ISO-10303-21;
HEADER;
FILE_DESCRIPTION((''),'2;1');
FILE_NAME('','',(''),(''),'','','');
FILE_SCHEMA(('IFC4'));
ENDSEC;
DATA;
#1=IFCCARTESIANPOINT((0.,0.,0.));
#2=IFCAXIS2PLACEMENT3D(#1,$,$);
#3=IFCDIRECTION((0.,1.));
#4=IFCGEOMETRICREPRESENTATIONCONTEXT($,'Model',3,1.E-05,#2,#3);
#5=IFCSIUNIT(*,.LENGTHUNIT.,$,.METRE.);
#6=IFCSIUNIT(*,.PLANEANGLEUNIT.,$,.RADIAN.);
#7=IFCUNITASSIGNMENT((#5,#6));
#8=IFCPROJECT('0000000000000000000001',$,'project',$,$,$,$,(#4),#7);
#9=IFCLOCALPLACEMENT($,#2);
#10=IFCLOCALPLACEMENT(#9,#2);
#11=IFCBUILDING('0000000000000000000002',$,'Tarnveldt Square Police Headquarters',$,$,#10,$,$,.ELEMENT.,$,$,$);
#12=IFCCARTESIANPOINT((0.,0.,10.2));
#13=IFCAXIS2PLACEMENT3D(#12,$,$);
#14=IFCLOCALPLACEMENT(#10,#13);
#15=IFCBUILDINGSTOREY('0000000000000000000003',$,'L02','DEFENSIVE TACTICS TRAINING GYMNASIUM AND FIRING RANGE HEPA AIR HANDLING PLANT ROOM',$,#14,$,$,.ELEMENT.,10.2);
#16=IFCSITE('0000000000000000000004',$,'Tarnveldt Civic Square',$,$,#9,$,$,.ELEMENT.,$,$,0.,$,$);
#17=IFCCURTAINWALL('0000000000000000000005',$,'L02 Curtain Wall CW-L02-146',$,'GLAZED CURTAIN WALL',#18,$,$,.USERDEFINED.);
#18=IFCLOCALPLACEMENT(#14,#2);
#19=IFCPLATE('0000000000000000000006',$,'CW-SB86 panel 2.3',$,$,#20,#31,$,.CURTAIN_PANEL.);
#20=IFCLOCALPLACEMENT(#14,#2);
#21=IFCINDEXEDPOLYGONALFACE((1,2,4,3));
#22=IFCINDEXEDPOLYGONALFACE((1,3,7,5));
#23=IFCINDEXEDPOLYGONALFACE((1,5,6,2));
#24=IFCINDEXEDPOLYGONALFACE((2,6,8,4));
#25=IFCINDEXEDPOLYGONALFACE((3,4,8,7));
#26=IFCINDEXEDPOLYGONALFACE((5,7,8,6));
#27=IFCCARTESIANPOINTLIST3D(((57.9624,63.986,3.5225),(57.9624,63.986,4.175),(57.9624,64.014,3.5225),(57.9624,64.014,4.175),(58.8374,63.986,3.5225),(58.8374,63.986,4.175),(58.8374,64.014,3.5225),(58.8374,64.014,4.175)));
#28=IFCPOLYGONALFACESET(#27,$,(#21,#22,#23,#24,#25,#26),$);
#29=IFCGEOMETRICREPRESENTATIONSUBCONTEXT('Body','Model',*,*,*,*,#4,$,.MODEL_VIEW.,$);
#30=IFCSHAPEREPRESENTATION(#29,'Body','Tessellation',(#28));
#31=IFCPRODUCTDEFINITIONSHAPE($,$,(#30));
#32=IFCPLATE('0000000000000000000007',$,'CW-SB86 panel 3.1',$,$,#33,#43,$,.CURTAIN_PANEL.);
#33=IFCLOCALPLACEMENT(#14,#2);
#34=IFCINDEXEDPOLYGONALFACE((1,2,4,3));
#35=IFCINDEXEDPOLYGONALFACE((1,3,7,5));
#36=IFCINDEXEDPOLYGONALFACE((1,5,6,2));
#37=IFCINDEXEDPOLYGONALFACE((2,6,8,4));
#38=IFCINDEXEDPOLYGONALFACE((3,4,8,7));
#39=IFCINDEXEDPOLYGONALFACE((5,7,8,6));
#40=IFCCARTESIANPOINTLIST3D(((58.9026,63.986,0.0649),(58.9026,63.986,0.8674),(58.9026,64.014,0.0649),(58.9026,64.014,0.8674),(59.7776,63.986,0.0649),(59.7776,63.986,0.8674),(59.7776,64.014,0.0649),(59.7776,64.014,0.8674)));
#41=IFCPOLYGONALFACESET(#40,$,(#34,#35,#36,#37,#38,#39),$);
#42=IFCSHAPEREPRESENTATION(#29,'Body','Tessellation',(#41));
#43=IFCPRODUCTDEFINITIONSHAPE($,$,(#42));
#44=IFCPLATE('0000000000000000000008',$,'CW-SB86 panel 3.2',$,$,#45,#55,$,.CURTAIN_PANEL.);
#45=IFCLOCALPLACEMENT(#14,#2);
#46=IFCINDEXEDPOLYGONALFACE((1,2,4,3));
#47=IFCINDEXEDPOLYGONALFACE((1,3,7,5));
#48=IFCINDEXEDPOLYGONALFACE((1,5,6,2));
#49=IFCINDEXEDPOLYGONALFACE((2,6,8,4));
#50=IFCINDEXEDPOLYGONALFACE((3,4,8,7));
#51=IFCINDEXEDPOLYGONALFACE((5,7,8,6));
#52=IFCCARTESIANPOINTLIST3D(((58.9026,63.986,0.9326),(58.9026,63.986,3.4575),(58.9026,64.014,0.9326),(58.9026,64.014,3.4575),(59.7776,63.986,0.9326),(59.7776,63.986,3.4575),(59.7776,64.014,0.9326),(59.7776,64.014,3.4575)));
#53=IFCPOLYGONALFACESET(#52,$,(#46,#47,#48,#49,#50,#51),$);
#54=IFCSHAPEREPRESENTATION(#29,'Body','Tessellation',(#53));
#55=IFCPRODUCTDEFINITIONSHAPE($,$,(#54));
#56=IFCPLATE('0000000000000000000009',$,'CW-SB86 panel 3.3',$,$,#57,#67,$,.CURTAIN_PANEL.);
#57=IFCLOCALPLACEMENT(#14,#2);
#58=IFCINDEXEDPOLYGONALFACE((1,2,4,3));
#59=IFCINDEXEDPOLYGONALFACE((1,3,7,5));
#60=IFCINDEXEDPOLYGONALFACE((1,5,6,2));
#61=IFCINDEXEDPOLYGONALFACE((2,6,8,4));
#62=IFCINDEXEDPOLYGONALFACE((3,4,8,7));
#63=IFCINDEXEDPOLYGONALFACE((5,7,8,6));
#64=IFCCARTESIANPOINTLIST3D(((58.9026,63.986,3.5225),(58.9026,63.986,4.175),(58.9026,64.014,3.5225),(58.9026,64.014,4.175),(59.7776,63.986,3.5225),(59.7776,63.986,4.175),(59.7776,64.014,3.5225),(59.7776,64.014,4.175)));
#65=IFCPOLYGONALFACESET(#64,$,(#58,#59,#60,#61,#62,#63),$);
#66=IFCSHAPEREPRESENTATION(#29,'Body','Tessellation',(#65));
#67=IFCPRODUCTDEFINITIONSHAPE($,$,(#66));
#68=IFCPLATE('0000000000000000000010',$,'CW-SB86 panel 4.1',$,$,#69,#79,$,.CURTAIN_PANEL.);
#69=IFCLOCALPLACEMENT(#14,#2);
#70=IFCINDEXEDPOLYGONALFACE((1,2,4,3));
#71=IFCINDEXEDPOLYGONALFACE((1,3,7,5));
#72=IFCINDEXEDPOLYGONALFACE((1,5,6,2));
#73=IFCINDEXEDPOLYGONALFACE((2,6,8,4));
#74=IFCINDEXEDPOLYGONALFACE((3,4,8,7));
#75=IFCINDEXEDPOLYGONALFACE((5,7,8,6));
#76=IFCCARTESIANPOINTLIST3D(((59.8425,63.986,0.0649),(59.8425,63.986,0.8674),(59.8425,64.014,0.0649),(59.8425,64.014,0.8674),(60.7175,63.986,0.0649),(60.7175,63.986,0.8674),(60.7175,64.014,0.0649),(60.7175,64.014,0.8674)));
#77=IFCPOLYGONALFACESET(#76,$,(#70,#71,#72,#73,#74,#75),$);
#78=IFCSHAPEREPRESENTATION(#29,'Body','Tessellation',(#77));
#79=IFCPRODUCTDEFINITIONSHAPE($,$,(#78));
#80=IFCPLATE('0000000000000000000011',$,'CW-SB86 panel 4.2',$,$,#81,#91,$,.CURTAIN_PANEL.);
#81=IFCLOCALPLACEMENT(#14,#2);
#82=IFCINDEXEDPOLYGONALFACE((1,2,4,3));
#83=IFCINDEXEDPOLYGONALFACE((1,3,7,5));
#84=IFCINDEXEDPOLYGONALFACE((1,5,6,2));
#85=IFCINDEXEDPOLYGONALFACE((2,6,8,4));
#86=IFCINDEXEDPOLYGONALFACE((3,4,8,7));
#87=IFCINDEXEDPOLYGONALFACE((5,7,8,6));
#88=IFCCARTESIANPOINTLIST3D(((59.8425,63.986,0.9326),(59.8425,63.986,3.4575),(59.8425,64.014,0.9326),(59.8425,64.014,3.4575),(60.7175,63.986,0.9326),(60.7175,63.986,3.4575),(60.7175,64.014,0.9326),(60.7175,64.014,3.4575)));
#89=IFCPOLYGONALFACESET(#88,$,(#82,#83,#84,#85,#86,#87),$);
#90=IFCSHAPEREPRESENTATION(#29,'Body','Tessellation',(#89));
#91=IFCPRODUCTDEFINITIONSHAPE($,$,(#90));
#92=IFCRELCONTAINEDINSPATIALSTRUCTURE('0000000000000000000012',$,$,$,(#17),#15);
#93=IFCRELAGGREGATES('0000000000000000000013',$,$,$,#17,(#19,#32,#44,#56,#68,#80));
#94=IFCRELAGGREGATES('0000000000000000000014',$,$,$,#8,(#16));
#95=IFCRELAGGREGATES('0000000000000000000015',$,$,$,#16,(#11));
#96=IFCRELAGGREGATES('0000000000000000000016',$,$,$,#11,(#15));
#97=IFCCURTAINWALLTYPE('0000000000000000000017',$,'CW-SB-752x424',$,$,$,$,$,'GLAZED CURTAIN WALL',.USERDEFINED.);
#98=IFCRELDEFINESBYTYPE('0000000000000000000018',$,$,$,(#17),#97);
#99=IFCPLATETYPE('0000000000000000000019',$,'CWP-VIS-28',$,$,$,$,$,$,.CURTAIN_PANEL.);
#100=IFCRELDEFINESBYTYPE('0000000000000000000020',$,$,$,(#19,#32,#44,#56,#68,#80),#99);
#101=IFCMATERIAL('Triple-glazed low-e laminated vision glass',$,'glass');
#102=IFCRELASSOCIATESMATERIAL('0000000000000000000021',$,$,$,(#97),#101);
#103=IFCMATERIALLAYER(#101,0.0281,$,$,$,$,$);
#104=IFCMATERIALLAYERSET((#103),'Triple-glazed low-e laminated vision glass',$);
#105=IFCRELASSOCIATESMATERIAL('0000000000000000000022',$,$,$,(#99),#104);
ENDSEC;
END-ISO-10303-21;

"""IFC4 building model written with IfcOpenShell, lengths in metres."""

from ifc_helpers import new_model, si_unit, direction, frame, origin, origin_2d, place, context, subcontext, project, spatial, rectangle, extrude, material, layer, layer_set, type_object, element, aggregate, save


model = new_model("IFC4")

# Units and contexts
model_context = context("Model", 3, precision=1e-05, world=origin(), true_north=direction((0.0, 1.0)))
body_context = subcontext(model_context, "Body", "Model", "MODEL_VIEW")
ifc_project = project(units=[si_unit("LENGTHUNIT", "METRE"), si_unit("PLANEANGLEUNIT", "RADIAN")], contexts=[model_context])

# Site, building, storey
site_placement = place(None, origin())
site = spatial("IfcSite", under=ifc_project, at=site_placement, Name="Tarnveldt Civic Square", CompositionType="ELEMENT", RefElevation=0.0)
building_placement = place(site_placement, origin())
building = spatial("IfcBuilding", under=site, at=building_placement, Name="Tarnveldt Square Police Headquarters", CompositionType="ELEMENT")
storey_placement = place(building_placement, frame((0.0, 0.0, 10.2)))
storey = spatial("IfcBuildingStorey", under=building, at=storey_placement, Name="L02", Description="DEFENSIVE TACTICS TRAINING GYMNASIUM AND FIRING RANGE HEPA AIR HANDLING PLANT ROOM", CompositionType="ELEMENT", Elevation=10.2)

# Curtain wall, plates
ifc_material_1 = material(Name="Triple-glazed low-e laminated vision glass", Category="glass")
curtain_wall_type = type_object("IfcCurtainWallType", Name="CW-SB-752x424", ElementType="GLAZED CURTAIN WALL", PredefinedType="USERDEFINED", material=ifc_material_1)
curtain_wall_placement = place(storey_placement, origin())
curtain_wall = element("IfcCurtainWall", 1, at=curtain_wall_placement, inside=storey, type_object=curtain_wall_type, Name="L02 Curtain Wall CW-L02-146", ObjectType="GLAZED CURTAIN WALL", PredefinedType="USERDEFINED")
ifc_layer = layer(ifc_material_1, 0.0281)
ifc_layer_set = layer_set([ifc_layer], Name="Triple-glazed low-e laminated vision glass")
plate_type = type_object("IfcPlateType", Name="CWP-VIS-28", PredefinedType="CURTAIN_PANEL", material=ifc_layer_set)
plate_1_placement = place(storey_placement, frame((58.3999, 64.0, 3.5225), z_axis=(0.0, 0.0, 1.0), x_axis=(1.0, 0.0, 0.0)))
plate_1 = element("IfcPlate", 2, at=plate_1_placement, type_object=plate_type, Name="CW-SB86 panel 2.3", PredefinedType="CURTAIN_PANEL", context=body_context, shape_type="SweptSolid", body=[
    extrude(rectangle(XDim=0.875, YDim=0.0281, at=origin_2d()), origin(), (0.0, 0.0, 1.0), 0.6526),
])
plate_2_placement = place(storey_placement, frame((59.3401, 64.0, 0.0649), z_axis=(0.0, 0.0, 1.0), x_axis=(1.0, 0.0, 0.0)))
plate_2 = element("IfcPlate", 3, at=plate_2_placement, type_object=plate_type, Name="CW-SB86 panel 3.1", PredefinedType="CURTAIN_PANEL", context=body_context, shape_type="SweptSolid", body=[
    extrude(rectangle(XDim=0.875, YDim=0.0281, at=origin_2d()), origin(), (0.0, 0.0, 1.0), 0.8025),
])
plate_3_placement = place(storey_placement, frame((59.3401, 64.0, 0.9326), z_axis=(0.0, 0.0, 1.0), x_axis=(1.0, 0.0, 0.0)))
plate_3 = element("IfcPlate", 4, at=plate_3_placement, type_object=plate_type, Name="CW-SB86 panel 3.2", PredefinedType="CURTAIN_PANEL", context=body_context, shape_type="SweptSolid", body=[
    extrude(rectangle(XDim=0.875, YDim=0.0281, at=origin_2d()), origin(), (0.0, 0.0, 1.0), 2.5249),
])
plate_4_placement = place(storey_placement, frame((59.3401, 64.0, 3.5225), z_axis=(0.0, 0.0, 1.0), x_axis=(1.0, 0.0, 0.0)))
plate_4 = element("IfcPlate", 5, at=plate_4_placement, type_object=plate_type, Name="CW-SB86 panel 3.3", PredefinedType="CURTAIN_PANEL", context=body_context, shape_type="SweptSolid", body=[
    extrude(rectangle(XDim=0.875, YDim=0.0281, at=origin_2d()), origin(), (0.0, 0.0, 1.0), 0.6526),
])
plate_5_placement = place(storey_placement, frame((60.28, 64.0, 0.0649), z_axis=(0.0, 0.0, 1.0), x_axis=(1.0, 0.0, 0.0)))
plate_5 = element("IfcPlate", 6, at=plate_5_placement, type_object=plate_type, Name="CW-SB86 panel 4.1", PredefinedType="CURTAIN_PANEL", context=body_context, shape_type="SweptSolid", body=[
    extrude(rectangle(XDim=0.875, YDim=0.0281, at=origin_2d()), origin(), (0.0, 0.0, 1.0), 0.8025),
])
plate_6_placement = place(storey_placement, frame((60.28, 64.0, 0.9326), z_axis=(0.0, 0.0, 1.0), x_axis=(1.0, 0.0, 0.0)))
plate_6 = element("IfcPlate", 7, at=plate_6_placement, type_object=plate_type, Name="CW-SB86 panel 4.2", PredefinedType="CURTAIN_PANEL", context=body_context, shape_type="SweptSolid", body=[
    extrude(rectangle(XDim=0.875, YDim=0.0281, at=origin_2d()), origin(), (0.0, 0.0, 1.0), 2.5249),
])
aggregate(curtain_wall, [plate_1, plate_2, plate_3, plate_4, plate_5, plate_6])

save(model, "model.ifc")
